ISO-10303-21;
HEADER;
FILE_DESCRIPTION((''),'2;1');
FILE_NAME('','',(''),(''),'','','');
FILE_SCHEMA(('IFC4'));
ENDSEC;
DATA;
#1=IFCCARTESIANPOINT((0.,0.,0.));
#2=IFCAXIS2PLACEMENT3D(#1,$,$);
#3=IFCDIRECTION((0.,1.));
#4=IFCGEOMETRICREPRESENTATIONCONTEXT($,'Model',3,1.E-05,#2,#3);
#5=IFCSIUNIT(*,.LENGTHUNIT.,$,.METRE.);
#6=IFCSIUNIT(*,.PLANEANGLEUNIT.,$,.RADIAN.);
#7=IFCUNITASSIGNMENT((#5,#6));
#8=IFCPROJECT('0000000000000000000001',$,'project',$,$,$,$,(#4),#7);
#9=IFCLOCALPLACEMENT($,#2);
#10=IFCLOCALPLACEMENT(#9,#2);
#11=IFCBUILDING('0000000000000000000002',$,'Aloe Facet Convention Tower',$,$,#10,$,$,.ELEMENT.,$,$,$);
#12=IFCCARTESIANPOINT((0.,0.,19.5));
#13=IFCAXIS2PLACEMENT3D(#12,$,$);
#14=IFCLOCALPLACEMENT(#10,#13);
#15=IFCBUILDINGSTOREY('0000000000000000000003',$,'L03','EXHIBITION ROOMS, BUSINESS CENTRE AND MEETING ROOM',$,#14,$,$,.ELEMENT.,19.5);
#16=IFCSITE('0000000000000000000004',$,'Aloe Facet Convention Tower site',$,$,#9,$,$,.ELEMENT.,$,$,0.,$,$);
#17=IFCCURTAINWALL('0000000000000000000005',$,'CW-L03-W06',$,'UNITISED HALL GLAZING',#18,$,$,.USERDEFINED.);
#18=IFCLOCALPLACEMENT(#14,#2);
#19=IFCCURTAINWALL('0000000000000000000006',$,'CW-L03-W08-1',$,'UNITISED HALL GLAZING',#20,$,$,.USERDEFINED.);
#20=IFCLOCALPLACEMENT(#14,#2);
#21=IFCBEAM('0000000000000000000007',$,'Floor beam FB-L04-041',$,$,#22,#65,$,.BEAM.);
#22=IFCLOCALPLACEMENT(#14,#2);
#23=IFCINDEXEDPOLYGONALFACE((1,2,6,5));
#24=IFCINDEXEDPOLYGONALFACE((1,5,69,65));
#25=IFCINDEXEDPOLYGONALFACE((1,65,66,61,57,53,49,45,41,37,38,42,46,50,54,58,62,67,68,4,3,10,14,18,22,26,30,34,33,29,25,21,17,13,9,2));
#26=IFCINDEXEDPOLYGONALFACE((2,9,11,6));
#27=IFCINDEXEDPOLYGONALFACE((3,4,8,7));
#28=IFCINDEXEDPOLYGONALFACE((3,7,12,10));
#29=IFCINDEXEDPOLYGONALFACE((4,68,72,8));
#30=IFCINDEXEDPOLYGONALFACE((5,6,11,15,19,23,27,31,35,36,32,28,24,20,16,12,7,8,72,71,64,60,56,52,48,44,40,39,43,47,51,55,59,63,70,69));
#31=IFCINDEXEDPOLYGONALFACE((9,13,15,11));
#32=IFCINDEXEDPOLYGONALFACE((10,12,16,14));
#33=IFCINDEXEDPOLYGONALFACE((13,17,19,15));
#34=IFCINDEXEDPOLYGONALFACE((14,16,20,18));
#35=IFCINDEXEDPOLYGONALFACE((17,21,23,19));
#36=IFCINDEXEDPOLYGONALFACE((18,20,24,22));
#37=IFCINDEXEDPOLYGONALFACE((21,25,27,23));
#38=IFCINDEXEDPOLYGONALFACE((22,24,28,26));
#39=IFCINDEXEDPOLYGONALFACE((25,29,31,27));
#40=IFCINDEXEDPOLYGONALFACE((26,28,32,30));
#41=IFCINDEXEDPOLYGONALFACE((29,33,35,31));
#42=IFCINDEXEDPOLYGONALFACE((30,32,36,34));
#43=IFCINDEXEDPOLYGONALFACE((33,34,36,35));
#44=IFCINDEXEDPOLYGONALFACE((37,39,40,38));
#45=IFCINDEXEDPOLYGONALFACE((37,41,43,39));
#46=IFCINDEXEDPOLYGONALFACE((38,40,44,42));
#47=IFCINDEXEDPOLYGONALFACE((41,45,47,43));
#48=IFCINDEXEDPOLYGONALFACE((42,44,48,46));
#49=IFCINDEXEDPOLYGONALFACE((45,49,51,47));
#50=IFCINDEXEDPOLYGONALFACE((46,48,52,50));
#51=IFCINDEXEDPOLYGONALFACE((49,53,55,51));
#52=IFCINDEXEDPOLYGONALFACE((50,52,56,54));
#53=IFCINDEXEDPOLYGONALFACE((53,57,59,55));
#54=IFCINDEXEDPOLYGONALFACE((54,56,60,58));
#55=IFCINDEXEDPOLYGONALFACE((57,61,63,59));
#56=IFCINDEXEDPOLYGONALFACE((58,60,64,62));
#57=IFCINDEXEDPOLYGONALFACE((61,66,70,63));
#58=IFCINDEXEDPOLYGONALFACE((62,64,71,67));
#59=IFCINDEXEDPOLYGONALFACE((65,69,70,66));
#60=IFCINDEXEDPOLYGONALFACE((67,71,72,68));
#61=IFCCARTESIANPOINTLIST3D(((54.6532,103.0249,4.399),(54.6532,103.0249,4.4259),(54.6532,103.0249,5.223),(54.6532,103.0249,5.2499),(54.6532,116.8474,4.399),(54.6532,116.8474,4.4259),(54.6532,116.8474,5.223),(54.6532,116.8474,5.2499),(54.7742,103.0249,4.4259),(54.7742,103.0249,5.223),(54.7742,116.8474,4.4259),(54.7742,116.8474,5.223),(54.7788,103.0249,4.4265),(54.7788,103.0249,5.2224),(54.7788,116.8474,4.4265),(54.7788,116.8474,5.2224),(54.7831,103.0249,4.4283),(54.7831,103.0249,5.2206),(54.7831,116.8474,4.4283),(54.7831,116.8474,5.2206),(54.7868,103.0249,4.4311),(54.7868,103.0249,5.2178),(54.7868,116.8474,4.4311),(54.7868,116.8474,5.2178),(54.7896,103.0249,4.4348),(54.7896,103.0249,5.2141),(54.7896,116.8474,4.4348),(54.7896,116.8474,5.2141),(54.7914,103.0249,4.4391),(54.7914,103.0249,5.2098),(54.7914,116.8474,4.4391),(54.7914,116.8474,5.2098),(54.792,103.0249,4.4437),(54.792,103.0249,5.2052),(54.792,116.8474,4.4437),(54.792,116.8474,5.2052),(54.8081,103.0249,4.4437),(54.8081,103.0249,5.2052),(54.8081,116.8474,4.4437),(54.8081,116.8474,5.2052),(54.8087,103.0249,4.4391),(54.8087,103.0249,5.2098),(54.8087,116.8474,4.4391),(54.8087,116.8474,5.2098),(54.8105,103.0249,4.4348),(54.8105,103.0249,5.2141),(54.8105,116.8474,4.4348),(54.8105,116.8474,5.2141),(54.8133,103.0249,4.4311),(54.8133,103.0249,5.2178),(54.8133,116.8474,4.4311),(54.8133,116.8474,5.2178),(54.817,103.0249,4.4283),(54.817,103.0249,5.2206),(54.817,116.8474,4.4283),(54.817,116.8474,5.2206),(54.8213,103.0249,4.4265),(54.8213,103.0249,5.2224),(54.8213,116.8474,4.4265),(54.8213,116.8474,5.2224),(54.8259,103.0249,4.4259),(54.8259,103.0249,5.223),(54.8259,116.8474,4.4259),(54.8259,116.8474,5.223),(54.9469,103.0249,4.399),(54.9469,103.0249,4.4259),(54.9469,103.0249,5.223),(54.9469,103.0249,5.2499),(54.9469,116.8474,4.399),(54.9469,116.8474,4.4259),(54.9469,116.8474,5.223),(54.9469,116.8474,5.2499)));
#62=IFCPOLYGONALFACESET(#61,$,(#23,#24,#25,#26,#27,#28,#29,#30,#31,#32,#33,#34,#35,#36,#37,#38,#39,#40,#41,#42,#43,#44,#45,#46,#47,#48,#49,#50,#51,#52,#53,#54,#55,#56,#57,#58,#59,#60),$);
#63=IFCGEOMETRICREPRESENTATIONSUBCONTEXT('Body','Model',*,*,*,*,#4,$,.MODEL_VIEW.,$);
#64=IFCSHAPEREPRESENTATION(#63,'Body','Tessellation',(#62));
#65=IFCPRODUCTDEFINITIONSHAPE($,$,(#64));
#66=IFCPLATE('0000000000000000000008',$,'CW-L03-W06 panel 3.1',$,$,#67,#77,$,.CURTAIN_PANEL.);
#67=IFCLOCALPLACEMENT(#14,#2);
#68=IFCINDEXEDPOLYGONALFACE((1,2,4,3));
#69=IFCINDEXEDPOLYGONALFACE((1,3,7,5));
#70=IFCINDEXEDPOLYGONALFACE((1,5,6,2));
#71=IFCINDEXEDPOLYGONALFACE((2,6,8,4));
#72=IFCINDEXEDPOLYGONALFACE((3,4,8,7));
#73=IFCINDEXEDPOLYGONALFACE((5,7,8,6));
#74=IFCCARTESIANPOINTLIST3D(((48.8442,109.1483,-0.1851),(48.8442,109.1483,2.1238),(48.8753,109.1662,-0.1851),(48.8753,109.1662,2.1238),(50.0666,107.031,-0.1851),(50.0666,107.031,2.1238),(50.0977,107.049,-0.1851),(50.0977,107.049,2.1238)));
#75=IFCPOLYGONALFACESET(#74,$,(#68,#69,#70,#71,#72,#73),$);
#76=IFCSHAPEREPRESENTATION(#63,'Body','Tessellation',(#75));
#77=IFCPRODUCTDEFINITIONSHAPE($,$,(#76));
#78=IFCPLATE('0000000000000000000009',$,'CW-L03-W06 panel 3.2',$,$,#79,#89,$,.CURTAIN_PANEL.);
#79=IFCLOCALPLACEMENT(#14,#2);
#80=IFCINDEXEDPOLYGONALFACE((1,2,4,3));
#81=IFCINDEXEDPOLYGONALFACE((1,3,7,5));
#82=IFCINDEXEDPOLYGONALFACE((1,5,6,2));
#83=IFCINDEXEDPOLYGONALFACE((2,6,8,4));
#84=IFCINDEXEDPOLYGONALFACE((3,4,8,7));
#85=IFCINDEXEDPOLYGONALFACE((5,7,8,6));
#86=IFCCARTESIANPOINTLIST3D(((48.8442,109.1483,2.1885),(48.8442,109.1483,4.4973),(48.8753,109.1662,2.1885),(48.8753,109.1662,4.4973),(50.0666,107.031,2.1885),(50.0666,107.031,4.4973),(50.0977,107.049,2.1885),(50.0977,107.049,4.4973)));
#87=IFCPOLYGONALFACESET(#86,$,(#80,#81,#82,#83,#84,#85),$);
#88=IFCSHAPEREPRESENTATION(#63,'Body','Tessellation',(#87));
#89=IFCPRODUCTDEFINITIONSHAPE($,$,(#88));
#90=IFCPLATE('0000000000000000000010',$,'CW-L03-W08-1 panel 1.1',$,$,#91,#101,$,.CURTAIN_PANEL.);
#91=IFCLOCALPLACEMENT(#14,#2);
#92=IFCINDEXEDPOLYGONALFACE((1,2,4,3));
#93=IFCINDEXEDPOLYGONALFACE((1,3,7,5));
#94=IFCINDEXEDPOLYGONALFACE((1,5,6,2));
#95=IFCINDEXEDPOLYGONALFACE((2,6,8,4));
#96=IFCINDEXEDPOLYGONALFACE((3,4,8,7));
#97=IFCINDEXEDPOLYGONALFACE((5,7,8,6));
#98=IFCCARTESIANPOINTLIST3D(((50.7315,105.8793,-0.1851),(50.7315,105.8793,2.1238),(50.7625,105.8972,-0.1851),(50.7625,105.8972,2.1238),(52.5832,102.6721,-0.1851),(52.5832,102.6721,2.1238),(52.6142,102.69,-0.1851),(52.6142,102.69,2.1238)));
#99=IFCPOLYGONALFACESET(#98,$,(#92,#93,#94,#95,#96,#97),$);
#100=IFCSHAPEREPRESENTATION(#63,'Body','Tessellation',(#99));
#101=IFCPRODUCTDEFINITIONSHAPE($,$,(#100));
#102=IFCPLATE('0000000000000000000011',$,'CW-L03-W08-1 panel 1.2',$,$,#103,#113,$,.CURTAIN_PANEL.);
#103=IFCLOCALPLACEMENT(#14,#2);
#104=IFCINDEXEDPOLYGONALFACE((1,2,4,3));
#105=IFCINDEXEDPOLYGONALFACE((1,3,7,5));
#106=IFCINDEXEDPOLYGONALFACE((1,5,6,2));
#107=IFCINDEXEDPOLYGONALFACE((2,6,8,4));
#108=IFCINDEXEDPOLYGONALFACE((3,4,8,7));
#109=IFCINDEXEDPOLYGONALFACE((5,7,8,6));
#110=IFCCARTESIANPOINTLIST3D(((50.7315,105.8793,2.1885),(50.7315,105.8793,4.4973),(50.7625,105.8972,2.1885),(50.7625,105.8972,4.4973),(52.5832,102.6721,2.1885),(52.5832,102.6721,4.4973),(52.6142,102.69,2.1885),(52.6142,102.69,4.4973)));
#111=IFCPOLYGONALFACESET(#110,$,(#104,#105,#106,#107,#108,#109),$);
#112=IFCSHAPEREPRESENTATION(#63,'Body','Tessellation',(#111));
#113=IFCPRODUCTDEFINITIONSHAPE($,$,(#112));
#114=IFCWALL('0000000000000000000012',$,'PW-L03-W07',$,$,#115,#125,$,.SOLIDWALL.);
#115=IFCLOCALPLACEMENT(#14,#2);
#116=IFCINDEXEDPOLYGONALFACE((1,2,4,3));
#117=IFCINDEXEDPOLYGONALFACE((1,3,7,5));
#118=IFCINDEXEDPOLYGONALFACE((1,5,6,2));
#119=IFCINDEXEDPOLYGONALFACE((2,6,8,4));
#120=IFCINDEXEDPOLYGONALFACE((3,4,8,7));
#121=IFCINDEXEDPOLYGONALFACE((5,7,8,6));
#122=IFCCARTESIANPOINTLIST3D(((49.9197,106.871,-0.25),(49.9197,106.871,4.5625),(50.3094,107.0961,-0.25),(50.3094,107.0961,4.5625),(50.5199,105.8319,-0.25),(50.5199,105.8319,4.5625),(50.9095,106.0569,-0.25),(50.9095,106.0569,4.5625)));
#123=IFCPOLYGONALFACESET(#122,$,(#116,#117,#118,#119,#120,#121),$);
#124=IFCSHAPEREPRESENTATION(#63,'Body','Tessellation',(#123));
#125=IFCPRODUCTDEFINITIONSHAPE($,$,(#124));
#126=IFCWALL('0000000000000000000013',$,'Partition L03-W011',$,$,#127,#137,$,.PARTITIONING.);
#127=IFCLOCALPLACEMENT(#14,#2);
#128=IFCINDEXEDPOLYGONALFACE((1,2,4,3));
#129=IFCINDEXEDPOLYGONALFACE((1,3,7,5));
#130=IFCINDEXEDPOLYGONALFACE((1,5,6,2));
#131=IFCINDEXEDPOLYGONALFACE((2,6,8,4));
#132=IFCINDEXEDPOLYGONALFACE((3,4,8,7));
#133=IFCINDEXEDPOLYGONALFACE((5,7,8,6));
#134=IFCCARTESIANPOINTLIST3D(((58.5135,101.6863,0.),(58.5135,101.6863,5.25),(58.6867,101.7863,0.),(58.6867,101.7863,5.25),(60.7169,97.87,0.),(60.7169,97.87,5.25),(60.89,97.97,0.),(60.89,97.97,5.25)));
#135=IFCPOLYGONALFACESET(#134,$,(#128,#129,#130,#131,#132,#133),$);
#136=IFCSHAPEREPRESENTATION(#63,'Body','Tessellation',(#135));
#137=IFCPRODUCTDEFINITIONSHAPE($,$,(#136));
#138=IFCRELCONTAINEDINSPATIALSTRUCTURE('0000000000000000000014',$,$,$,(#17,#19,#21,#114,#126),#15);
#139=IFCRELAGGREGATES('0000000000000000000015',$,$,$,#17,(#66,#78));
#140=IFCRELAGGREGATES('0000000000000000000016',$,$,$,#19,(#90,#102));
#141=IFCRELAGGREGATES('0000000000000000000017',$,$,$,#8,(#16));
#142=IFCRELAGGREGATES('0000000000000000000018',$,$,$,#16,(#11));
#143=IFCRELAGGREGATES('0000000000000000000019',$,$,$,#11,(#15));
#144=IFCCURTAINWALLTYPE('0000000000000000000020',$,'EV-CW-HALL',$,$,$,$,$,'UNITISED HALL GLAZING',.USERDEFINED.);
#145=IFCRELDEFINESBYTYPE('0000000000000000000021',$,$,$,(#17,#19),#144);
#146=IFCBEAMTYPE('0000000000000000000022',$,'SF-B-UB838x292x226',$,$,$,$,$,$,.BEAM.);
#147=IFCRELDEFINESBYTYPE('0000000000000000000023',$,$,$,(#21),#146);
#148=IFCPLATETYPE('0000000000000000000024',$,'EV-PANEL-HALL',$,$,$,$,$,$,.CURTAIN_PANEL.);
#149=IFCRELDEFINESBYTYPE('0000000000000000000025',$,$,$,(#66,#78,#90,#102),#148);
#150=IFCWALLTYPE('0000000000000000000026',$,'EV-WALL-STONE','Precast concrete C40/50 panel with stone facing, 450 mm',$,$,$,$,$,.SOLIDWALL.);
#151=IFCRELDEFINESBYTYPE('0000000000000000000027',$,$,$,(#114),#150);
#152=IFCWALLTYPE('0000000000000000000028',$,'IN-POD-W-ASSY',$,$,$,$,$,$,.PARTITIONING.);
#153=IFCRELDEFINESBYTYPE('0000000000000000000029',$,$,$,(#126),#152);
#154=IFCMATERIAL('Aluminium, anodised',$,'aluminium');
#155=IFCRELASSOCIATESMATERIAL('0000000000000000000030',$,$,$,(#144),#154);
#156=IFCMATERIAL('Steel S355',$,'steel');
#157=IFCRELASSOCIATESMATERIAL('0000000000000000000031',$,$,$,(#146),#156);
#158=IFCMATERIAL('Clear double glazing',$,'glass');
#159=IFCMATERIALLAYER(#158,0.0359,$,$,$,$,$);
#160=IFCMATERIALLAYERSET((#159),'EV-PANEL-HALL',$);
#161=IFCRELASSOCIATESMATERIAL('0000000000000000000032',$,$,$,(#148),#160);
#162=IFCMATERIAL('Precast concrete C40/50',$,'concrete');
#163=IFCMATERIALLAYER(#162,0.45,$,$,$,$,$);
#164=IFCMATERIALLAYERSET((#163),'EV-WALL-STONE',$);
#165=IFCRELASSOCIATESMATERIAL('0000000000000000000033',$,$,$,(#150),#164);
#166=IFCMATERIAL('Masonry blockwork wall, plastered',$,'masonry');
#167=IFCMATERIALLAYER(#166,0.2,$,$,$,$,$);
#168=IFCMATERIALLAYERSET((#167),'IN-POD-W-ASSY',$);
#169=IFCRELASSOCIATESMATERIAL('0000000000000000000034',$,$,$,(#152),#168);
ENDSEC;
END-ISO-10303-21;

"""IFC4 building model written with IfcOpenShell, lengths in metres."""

from ifc_helpers import new_model, si_unit, direction, frame, frame_2d, origin, origin_2d, place, context, subcontext, project, spatial, rectangle, i_section, extrude, material, layer, layer_set, material_profile, profile_set, type_object, element, aggregate, save


model = new_model("IFC4")

# Units and contexts
model_context = context("Model", 3, precision=1e-05, world=origin(), true_north=direction((0.0, 1.0)))
body_context = subcontext(model_context, "Body", "Model", "MODEL_VIEW")
ifc_project = project(units=[si_unit("LENGTHUNIT", "METRE"), si_unit("PLANEANGLEUNIT", "RADIAN")], contexts=[model_context])

# Site, building, storey
site_placement = place(None, origin())
site = spatial("IfcSite", under=ifc_project, at=site_placement, Name="Aloe Facet Convention Tower site", CompositionType="ELEMENT", RefElevation=0.0)
building_placement = place(site_placement, origin())
building = spatial("IfcBuilding", under=site, at=building_placement, Name="Aloe Facet Convention Tower", CompositionType="ELEMENT")
storey_placement = place(building_placement, frame((0.0, 0.0, 19.5)))
storey = spatial("IfcBuildingStorey", under=building, at=storey_placement, Name="L03", Description="EXHIBITION ROOMS, BUSINESS CENTRE AND MEETING ROOM", CompositionType="ELEMENT", Elevation=19.5)

# Curtain walls
ifc_material_1 = material(Name="Aluminium, anodised", Category="aluminium")
curtain_wall_type = type_object("IfcCurtainWallType", Name="EV-CW-HALL", ElementType="UNITISED HALL GLAZING", PredefinedType="USERDEFINED", material=ifc_material_1)
curtain_wall_1_placement = place(storey_placement, origin())
curtain_wall_1 = element("IfcCurtainWall", 1, at=curtain_wall_1_placement, inside=storey, type_object=curtain_wall_type, Name="CW-L03-W06", ObjectType="UNITISED HALL GLAZING", PredefinedType="USERDEFINED")
curtain_wall_2_placement = place(storey_placement, origin())
curtain_wall_2 = element("IfcCurtainWall", 2, at=curtain_wall_2_placement, inside=storey, type_object=curtain_wall_type, Name="CW-L03-W08-1", ObjectType="UNITISED HALL GLAZING", PredefinedType="USERDEFINED")

# Beam
ifc_material_2 = material(Name="Steel S355", Category="steel")
ifc_material_profile_1 = material_profile(ifc_material_2, i_section(OverallWidth=0.2937, OverallDepth=0.8508, WebThickness=0.0161, FlangeThickness=0.0269, FilletRadius=0.0178, at=origin_2d()), Name="UB 838x292x226")
ifc_profile_set_1 = profile_set([ifc_material_profile_1], Name="Steel S355")
beam_type_1 = type_object("IfcBeamType", Name="SF-B-UB838x292x226", PredefinedType="BEAM", material=ifc_profile_set_1)
beam_1_placement = place(storey_placement, frame((54.8, 103.0249, 4.8245), z_axis=(0.0, 1.0, 0.0), x_axis=(-1.0, 0.0, 0.0)))
element("IfcBeam", 3, at=beam_1_placement, inside=storey, type_object=beam_type_1, Name="Floor beam FB-L04-041", PredefinedType="BEAM", context=body_context, shape_type="SweptSolid", body=[
    extrude(i_section(OverallWidth=0.2937, OverallDepth=0.8508, WebThickness=0.0161, FlangeThickness=0.0269, FilletRadius=0.0178, at=origin_2d()), origin(), (0.0, 0.0, 1.0), 13.8225),
])

# Plates
ifc_material_3 = material(Name="Clear double glazing", Category="glass")
ifc_layer_1 = layer(ifc_material_3, 0.0359)
ifc_layer_set_1 = layer_set([ifc_layer_1], Name="EV-PANEL-HALL")
plate_type = type_object("IfcPlateType", Name="EV-PANEL-HALL", PredefinedType="CURTAIN_PANEL", material=ifc_layer_set_1)
plate_1_placement = place(storey_placement, frame((49.4709, 108.0986, -0.1851), z_axis=(0.0, 0.0, 1.0), x_axis=(0.5, -0.866025, 0.0)))
plate_1 = element("IfcPlate", 4, at=plate_1_placement, type_object=plate_type, Name="CW-L03-W06 panel 3.1", PredefinedType="CURTAIN_PANEL", context=body_context, shape_type="SweptSolid", body=[
    extrude(rectangle(XDim=2.4448, YDim=0.0359, at=origin_2d()), origin(), (0.0, 0.0, 1.0), 2.3088),
])
plate_2_placement = place(storey_placement, frame((49.4709, 108.0986, 2.1885), z_axis=(0.0, 0.0, 1.0), x_axis=(0.5, -0.866025, 0.0)))
plate_2 = element("IfcPlate", 5, at=plate_2_placement, type_object=plate_type, Name="CW-L03-W06 panel 3.2", PredefinedType="CURTAIN_PANEL", context=body_context, shape_type="SweptSolid", body=[
    extrude(rectangle(XDim=2.4448, YDim=0.0359, at=origin_2d()), origin(), (0.0, 0.0, 1.0), 2.3088),
])
aggregate(curtain_wall_1, [plate_1, plate_2])
plate_3_placement = place(storey_placement, frame((51.6729, 104.2847, -0.1851), z_axis=(0.0, 0.0, 1.0), x_axis=(0.5, -0.866025, 0.0)))
plate_3 = element("IfcPlate", 6, at=plate_3_placement, type_object=plate_type, Name="CW-L03-W08-1 panel 1.1", PredefinedType="CURTAIN_PANEL", context=body_context, shape_type="SweptSolid", body=[
    extrude(rectangle(XDim=3.7034, YDim=0.0359, at=origin_2d()), origin(), (0.0, 0.0, 1.0), 2.3088),
])
plate_4_placement = place(storey_placement, frame((51.6729, 104.2847, 2.1885), z_axis=(0.0, 0.0, 1.0), x_axis=(0.5, -0.866025, 0.0)))
plate_4 = element("IfcPlate", 7, at=plate_4_placement, type_object=plate_type, Name="CW-L03-W08-1 panel 1.2", PredefinedType="CURTAIN_PANEL", context=body_context, shape_type="SweptSolid", body=[
    extrude(rectangle(XDim=3.7034, YDim=0.0359, at=origin_2d()), origin(), (0.0, 0.0, 1.0), 2.3088),
])
aggregate(curtain_wall_2, [plate_3, plate_4])

# Walls
ifc_material_4 = material(Name="Precast concrete C40/50", Category="concrete")
ifc_layer_2 = layer(ifc_material_4, 0.45)
ifc_layer_set_2 = layer_set([ifc_layer_2], Name="EV-WALL-STONE")
wall_type_1 = type_object("IfcWallType", Name="EV-WALL-STONE", Description="Precast concrete C40/50 panel with stone facing, 450 mm", PredefinedType="SOLIDWALL", material=ifc_layer_set_2)
wall_1_placement = place(storey_placement, frame((50.1145, 106.9836, -0.25), z_axis=(0.0, 0.0, 1.0), x_axis=(0.500122, -0.865955, 0.0)))
element("IfcWall", 8, at=wall_1_placement, inside=storey, type_object=wall_type_1, Name="PW-L03-W07", PredefinedType="SOLIDWALL", context=body_context, shape_type="SweptSolid", body=[
    extrude(rectangle(XDim=1.2, YDim=0.45, at=frame_2d((0.6001, 0.0))), origin(), (0.0, 0.0, 1.0), 4.8125),
])
ifc_material_5 = material(Name="Masonry blockwork wall, plastered", Category="masonry")
ifc_layer_3 = layer(ifc_material_5, 0.2)
ifc_layer_set_3 = layer_set([ifc_layer_3], Name="IN-POD-W-ASSY")
wall_type_2 = type_object("IfcWallType", Name="IN-POD-W-ASSY", PredefinedType="PARTITIONING", material=ifc_layer_set_3)
wall_2_placement = place(storey_placement, frame((58.6001, 101.7363, 0.0), z_axis=(0.0, 0.0, 1.0), x_axis=(0.499994, -0.866029, 0.0)))
element("IfcWall", 9, at=wall_2_placement, inside=storey, type_object=wall_type_2, Name="Partition L03-W011", PredefinedType="PARTITIONING", context=body_context, shape_type="SweptSolid", body=[
    extrude(rectangle(XDim=4.4067, YDim=0.2, at=frame_2d((2.2034, 0.0))), origin(), (0.0, 0.0, 1.0), 5.25),
])

save(model, "model.ifc")
